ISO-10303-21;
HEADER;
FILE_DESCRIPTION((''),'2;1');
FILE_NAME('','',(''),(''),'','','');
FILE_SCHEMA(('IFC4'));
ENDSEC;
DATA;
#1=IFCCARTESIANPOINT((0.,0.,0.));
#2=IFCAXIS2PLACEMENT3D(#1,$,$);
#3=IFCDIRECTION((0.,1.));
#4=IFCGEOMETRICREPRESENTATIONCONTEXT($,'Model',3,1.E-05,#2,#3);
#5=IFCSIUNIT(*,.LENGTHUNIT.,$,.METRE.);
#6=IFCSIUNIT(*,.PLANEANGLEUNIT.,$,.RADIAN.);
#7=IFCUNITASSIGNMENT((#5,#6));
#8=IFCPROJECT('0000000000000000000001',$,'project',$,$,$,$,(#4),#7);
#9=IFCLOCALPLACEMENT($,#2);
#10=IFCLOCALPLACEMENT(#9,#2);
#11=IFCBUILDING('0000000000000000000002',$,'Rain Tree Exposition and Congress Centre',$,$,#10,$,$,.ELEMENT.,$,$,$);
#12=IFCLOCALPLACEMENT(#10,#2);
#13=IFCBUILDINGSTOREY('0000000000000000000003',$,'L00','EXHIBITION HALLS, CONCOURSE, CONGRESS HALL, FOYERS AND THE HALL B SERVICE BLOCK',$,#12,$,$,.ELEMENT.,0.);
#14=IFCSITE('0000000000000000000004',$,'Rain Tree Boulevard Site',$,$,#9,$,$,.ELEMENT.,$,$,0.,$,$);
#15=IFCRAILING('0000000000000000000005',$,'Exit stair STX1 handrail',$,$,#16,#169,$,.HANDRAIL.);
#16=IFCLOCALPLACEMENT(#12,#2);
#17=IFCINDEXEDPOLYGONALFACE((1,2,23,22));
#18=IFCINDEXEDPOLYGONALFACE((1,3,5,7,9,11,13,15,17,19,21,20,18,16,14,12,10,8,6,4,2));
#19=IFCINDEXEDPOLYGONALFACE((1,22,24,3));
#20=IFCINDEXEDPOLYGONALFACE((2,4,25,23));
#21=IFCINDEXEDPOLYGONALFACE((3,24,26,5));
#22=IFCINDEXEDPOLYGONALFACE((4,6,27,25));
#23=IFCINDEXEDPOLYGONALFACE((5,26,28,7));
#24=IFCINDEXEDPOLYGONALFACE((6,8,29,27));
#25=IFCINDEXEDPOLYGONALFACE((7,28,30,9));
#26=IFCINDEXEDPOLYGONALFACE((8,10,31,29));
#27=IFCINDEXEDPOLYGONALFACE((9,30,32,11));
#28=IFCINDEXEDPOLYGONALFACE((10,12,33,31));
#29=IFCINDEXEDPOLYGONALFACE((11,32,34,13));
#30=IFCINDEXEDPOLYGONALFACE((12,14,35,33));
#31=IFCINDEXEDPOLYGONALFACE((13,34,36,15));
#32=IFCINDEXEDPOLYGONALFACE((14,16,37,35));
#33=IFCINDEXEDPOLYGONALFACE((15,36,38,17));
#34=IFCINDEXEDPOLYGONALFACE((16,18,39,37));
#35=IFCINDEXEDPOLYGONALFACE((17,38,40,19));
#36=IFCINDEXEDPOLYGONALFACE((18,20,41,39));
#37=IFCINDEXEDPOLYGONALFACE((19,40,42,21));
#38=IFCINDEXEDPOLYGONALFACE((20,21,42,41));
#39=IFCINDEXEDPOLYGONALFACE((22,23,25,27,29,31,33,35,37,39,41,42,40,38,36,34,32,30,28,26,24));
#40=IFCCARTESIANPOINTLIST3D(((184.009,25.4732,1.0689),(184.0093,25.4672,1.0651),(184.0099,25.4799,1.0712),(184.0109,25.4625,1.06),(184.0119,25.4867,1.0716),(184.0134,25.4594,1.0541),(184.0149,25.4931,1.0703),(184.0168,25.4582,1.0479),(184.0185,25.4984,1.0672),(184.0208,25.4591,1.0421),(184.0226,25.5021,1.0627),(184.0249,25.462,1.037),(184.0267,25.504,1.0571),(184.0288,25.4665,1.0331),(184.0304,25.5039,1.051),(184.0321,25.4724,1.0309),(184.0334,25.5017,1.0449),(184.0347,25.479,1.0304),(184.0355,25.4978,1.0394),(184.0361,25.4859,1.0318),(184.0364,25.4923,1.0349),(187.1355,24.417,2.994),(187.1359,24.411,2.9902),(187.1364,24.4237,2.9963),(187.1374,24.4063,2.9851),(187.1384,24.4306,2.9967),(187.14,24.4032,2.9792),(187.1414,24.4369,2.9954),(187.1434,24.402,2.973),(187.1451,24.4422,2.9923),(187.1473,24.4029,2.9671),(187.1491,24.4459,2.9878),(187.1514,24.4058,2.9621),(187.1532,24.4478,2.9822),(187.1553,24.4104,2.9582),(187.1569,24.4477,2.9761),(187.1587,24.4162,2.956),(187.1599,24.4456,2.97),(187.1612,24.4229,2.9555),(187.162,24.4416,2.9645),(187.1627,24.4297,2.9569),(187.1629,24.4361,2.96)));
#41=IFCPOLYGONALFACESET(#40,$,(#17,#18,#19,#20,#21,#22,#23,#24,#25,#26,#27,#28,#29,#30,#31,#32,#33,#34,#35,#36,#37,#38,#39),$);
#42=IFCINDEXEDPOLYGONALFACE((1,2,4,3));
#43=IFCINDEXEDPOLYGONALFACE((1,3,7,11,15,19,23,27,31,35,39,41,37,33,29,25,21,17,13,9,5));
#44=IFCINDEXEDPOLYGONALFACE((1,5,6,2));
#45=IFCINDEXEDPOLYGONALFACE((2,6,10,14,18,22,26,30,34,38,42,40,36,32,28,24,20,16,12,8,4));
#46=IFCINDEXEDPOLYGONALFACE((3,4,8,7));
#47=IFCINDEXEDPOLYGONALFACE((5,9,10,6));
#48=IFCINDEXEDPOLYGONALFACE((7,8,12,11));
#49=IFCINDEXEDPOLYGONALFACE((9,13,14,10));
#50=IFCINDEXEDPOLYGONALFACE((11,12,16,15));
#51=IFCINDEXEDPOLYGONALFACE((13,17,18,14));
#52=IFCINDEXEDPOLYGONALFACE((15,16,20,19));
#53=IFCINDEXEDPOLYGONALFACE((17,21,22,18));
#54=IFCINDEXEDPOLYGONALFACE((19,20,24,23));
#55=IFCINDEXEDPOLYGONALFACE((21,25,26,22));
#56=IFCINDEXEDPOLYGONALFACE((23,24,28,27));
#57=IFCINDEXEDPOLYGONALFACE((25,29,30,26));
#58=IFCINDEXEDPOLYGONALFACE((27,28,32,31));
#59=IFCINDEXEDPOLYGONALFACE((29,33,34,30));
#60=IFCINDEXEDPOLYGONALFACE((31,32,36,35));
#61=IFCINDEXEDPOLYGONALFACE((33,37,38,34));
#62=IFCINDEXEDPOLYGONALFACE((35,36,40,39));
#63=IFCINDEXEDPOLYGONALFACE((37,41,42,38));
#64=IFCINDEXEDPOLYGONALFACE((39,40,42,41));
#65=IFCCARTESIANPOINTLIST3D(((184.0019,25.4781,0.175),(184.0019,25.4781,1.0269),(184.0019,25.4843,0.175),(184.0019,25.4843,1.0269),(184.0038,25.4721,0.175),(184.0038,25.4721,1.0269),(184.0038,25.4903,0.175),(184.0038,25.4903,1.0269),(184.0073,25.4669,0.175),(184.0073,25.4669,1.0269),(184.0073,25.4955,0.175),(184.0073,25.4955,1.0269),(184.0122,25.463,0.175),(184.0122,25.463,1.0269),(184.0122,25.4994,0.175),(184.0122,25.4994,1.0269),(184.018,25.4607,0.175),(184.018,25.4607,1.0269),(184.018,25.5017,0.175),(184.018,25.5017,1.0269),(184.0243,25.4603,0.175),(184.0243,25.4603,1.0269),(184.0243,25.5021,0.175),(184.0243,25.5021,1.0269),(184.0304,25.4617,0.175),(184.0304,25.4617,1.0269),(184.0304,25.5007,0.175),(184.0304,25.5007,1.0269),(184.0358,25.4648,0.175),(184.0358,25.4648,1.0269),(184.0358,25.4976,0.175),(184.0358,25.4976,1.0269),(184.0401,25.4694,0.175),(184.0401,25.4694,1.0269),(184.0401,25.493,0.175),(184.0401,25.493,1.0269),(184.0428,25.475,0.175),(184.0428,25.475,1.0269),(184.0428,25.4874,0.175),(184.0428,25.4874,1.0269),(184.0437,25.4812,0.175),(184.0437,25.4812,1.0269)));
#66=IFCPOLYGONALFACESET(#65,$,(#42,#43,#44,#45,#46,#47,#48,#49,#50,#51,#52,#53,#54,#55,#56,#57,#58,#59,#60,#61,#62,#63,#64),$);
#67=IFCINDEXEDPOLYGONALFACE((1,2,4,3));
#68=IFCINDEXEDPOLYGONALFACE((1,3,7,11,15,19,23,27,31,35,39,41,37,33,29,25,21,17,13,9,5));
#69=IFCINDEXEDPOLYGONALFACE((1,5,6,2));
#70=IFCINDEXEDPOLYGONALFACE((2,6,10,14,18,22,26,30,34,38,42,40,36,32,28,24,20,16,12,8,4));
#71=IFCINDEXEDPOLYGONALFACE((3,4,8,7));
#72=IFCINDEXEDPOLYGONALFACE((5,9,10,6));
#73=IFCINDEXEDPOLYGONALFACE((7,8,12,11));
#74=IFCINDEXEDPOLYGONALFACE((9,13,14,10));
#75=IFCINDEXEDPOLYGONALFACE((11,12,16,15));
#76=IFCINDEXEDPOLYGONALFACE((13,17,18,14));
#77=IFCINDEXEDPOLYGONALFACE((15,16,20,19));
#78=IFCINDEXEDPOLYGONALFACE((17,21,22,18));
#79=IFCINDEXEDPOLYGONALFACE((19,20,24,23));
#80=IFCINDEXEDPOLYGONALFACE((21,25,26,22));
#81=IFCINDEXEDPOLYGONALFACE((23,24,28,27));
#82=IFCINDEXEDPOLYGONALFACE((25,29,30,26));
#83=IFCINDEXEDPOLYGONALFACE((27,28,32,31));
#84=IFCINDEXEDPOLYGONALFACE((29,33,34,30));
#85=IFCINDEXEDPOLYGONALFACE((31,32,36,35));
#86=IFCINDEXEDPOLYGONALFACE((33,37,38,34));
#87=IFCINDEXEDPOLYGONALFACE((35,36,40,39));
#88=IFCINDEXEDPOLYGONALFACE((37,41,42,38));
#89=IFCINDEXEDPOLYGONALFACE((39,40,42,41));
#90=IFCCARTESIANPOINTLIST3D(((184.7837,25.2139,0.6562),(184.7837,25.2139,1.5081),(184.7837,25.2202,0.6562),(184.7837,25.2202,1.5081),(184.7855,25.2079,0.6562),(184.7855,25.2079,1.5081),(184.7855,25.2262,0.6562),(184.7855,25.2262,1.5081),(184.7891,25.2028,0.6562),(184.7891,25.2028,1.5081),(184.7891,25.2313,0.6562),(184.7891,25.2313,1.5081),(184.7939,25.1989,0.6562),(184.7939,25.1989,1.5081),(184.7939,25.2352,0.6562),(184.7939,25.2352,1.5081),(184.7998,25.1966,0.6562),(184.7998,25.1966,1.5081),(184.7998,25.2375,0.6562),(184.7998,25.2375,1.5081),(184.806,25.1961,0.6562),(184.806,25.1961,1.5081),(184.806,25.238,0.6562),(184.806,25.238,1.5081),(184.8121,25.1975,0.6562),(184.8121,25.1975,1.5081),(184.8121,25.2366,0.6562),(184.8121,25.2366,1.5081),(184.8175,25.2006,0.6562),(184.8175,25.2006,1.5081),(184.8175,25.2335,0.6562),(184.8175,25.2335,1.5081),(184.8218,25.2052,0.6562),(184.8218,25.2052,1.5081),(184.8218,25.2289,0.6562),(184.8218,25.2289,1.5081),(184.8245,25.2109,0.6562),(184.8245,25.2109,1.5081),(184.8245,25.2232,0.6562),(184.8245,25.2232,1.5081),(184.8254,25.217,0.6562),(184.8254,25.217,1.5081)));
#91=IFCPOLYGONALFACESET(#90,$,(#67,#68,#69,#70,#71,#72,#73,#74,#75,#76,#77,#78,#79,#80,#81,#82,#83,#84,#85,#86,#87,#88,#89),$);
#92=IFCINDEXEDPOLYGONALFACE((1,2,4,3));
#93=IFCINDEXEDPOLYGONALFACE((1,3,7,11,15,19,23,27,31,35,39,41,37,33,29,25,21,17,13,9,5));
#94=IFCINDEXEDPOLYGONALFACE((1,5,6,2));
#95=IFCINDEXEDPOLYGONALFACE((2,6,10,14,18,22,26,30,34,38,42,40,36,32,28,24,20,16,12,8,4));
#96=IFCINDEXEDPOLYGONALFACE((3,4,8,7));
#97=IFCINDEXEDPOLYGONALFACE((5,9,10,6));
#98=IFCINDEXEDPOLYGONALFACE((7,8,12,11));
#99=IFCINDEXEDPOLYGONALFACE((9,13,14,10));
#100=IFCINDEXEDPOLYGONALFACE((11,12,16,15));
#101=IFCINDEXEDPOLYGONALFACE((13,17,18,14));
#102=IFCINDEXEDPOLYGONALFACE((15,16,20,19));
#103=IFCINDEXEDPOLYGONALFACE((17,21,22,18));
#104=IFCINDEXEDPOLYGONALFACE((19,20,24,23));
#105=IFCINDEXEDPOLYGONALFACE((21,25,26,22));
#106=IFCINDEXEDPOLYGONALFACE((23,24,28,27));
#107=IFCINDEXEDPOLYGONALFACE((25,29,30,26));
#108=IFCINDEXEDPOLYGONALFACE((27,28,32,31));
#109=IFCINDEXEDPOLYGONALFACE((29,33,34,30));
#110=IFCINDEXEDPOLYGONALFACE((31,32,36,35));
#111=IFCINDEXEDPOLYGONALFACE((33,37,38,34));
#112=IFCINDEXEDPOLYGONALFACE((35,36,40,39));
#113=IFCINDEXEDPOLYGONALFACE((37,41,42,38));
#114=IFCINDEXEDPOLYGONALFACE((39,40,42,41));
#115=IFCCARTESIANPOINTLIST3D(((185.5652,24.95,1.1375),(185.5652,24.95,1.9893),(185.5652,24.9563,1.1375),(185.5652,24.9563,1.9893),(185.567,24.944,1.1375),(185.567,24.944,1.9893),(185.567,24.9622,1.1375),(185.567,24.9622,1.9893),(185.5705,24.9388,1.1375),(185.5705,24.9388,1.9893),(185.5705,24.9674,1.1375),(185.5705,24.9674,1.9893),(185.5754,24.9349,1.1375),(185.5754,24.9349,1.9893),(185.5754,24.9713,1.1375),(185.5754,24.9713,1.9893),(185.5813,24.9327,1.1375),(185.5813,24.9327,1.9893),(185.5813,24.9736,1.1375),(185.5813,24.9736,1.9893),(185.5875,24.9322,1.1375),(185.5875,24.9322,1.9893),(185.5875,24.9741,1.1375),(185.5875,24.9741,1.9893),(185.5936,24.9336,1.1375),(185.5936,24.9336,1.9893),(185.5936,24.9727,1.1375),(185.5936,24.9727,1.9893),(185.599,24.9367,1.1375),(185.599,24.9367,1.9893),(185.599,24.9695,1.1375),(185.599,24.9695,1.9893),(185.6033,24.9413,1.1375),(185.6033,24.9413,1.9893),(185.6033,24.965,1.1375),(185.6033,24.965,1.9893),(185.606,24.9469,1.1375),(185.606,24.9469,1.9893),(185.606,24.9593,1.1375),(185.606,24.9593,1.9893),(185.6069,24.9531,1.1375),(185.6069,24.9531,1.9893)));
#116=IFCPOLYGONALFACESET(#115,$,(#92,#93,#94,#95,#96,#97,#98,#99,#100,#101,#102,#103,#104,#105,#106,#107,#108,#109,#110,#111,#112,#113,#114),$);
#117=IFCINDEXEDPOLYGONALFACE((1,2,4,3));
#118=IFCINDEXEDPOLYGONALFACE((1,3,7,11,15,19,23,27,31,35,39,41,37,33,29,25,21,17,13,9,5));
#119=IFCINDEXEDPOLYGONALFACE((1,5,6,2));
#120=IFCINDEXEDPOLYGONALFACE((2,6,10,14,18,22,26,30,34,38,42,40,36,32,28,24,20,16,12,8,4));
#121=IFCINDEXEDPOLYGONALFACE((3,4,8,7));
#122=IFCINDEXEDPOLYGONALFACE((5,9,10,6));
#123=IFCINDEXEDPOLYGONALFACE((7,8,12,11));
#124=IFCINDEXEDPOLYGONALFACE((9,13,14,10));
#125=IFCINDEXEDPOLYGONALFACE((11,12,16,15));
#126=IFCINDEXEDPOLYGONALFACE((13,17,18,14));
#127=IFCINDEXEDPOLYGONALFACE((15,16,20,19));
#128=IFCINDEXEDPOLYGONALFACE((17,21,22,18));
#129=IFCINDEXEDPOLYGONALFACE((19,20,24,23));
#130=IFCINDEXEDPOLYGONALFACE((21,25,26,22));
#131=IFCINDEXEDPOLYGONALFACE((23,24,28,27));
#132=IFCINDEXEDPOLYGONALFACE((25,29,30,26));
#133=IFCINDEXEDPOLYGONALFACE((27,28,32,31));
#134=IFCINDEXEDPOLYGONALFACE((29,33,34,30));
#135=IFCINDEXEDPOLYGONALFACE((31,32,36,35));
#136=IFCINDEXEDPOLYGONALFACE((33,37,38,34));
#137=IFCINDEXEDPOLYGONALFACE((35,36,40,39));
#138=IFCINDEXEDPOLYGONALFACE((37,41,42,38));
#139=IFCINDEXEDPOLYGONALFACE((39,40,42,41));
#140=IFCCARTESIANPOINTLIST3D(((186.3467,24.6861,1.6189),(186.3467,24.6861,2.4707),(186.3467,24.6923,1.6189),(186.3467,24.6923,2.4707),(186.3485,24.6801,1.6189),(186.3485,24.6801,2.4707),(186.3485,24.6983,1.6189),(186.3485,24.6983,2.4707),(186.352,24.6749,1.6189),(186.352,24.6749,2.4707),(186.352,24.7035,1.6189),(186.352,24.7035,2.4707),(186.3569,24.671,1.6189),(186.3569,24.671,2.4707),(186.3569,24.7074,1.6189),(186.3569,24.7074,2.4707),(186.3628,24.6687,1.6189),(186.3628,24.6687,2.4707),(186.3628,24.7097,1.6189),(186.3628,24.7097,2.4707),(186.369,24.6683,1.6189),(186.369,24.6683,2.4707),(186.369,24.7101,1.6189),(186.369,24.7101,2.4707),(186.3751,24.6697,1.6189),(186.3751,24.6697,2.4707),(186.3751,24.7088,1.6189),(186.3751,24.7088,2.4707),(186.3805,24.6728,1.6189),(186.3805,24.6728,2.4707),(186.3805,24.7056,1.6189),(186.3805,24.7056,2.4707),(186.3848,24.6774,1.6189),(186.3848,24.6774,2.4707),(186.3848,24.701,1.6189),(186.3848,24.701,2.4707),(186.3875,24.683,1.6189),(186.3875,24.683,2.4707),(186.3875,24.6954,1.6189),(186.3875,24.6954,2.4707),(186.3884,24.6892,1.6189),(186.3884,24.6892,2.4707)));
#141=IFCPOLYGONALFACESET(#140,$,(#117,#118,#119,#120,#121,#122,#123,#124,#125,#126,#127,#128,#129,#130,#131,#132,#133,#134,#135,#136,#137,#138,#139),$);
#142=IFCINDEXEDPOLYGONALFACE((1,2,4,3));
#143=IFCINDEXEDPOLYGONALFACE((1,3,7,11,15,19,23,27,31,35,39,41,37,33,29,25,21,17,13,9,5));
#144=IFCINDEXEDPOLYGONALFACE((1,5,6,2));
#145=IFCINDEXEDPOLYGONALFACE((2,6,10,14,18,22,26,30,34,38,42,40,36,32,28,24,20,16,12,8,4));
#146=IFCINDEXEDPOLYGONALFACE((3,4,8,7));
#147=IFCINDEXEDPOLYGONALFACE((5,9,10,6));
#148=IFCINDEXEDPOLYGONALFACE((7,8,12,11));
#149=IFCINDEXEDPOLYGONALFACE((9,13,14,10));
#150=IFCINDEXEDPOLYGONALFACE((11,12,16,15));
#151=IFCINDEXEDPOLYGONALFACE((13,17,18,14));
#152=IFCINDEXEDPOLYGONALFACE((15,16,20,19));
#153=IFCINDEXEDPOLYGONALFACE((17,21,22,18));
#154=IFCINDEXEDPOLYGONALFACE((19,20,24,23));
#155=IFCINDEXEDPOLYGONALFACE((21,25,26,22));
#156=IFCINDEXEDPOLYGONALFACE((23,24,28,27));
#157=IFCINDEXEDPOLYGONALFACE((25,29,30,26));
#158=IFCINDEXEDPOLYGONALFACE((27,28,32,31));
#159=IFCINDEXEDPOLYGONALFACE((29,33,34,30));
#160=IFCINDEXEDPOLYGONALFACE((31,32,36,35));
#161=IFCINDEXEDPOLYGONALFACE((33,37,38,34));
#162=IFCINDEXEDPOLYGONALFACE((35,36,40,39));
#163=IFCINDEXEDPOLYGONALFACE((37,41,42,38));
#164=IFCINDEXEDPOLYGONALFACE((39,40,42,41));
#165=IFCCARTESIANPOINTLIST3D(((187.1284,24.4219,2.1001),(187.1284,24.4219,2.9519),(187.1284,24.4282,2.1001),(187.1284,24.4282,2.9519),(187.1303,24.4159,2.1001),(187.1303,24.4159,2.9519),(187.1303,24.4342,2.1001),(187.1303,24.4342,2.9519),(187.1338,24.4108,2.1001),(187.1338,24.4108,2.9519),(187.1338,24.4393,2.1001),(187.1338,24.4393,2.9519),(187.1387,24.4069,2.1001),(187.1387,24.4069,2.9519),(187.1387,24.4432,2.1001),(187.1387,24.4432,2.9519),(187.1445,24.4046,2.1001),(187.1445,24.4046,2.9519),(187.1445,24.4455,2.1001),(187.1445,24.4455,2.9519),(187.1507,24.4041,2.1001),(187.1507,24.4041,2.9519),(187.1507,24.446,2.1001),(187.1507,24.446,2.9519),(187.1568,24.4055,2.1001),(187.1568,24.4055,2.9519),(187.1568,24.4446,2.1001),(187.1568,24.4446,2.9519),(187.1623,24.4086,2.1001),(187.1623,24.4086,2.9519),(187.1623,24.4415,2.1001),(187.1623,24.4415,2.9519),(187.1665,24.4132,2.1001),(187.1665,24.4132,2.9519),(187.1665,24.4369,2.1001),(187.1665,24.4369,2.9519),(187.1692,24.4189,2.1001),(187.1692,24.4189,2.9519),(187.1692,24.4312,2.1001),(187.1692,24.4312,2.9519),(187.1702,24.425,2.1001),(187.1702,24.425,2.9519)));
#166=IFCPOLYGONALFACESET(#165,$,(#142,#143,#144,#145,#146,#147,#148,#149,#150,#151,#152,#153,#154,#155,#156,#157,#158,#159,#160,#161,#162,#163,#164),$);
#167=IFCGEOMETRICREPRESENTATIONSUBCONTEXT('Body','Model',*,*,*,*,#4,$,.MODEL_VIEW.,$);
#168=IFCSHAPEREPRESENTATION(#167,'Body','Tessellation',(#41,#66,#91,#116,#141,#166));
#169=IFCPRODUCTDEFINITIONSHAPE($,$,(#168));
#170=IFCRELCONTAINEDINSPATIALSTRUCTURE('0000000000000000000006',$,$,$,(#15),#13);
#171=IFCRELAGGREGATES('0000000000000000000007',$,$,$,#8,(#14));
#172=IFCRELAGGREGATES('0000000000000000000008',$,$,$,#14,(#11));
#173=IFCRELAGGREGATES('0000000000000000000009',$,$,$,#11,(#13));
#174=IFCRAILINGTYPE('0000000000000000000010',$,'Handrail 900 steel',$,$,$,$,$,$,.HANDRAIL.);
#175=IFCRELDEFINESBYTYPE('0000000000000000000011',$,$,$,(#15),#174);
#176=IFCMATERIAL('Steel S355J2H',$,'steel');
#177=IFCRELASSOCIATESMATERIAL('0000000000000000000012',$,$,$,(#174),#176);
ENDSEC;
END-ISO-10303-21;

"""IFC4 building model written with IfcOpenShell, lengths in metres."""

from ifc_helpers import new_model, si_unit, direction, frame, origin, origin_2d, place, context, subcontext, project, spatial, circle, extrude, material, type_object, element, save


model = new_model("IFC4")

# Units and contexts
model_context = context("Model", 3, precision=1e-05, world=origin(), true_north=direction((0.0, 1.0)))
body_context = subcontext(model_context, "Body", "Model", "MODEL_VIEW")
ifc_project = project(units=[si_unit("LENGTHUNIT", "METRE"), si_unit("PLANEANGLEUNIT", "RADIAN")], contexts=[model_context])

# Site, building, storey
site_placement = place(None, origin())
site = spatial("IfcSite", under=ifc_project, at=site_placement, Name="Rain Tree Boulevard Site", CompositionType="ELEMENT", RefElevation=0.0)
building_placement = place(site_placement, origin())
building = spatial("IfcBuilding", under=site, at=building_placement, Name="Rain Tree Exposition and Congress Centre", CompositionType="ELEMENT")
storey_placement = place(building_placement, origin())
storey = spatial("IfcBuildingStorey", under=building, at=storey_placement, Name="L00", Description="EXHIBITION HALLS, CONCOURSE, CONGRESS HALL, FOYERS AND THE HALL B SERVICE BLOCK", CompositionType="ELEMENT", Elevation=0.0)

# Railing
ifc_material_1 = material(Name="Steel S355J2H", Category="steel")
railing_type_1 = type_object("IfcRailingType", Name="Handrail 900 steel", PredefinedType="HANDRAIL", material=ifc_material_1)
railing_1_placement = place(storey_placement, frame((184.0227, 25.4812, 0.175)))
element("IfcRailing", 1, at=railing_1_placement, inside=storey, type_object=railing_type_1, Name="Exit stair STX1 handrail", PredefinedType="HANDRAIL", context=body_context, shape_type="SweptSolid", body=[
    extrude(circle(Radius=0.0239, at=origin_2d()), frame((0.0, 0.0, 0.876), z_axis=(0.818344, -0.276445, 0.503876), x_axis=(0.320043, 0.947403, 0.0)), (0.0, 0.0, 1.0), 3.8206),
    extrude(circle(Radius=0.021, at=origin_2d()), origin(), (0.0, 0.0, 1.0), 0.8518),
    extrude(circle(Radius=0.021, at=origin_2d()), frame((0.7817, -0.2642, 0.4812)), (0.0, 0.0, 1.0), 0.8518),
    extrude(circle(Radius=0.021, at=origin_2d()), frame((1.5632, -0.5281, 0.9624)), (0.0, 0.0, 1.0), 0.8518),
    extrude(circle(Radius=0.021, at=origin_2d()), frame((2.3447, -0.792, 1.4438)), (0.0, 0.0, 1.0), 0.8518),
    extrude(circle(Radius=0.021, at=origin_2d()), frame((3.1265, -1.0562, 1.925)), (0.0, 0.0, 1.0), 0.8518),
])

save(model, "model.ifc")
